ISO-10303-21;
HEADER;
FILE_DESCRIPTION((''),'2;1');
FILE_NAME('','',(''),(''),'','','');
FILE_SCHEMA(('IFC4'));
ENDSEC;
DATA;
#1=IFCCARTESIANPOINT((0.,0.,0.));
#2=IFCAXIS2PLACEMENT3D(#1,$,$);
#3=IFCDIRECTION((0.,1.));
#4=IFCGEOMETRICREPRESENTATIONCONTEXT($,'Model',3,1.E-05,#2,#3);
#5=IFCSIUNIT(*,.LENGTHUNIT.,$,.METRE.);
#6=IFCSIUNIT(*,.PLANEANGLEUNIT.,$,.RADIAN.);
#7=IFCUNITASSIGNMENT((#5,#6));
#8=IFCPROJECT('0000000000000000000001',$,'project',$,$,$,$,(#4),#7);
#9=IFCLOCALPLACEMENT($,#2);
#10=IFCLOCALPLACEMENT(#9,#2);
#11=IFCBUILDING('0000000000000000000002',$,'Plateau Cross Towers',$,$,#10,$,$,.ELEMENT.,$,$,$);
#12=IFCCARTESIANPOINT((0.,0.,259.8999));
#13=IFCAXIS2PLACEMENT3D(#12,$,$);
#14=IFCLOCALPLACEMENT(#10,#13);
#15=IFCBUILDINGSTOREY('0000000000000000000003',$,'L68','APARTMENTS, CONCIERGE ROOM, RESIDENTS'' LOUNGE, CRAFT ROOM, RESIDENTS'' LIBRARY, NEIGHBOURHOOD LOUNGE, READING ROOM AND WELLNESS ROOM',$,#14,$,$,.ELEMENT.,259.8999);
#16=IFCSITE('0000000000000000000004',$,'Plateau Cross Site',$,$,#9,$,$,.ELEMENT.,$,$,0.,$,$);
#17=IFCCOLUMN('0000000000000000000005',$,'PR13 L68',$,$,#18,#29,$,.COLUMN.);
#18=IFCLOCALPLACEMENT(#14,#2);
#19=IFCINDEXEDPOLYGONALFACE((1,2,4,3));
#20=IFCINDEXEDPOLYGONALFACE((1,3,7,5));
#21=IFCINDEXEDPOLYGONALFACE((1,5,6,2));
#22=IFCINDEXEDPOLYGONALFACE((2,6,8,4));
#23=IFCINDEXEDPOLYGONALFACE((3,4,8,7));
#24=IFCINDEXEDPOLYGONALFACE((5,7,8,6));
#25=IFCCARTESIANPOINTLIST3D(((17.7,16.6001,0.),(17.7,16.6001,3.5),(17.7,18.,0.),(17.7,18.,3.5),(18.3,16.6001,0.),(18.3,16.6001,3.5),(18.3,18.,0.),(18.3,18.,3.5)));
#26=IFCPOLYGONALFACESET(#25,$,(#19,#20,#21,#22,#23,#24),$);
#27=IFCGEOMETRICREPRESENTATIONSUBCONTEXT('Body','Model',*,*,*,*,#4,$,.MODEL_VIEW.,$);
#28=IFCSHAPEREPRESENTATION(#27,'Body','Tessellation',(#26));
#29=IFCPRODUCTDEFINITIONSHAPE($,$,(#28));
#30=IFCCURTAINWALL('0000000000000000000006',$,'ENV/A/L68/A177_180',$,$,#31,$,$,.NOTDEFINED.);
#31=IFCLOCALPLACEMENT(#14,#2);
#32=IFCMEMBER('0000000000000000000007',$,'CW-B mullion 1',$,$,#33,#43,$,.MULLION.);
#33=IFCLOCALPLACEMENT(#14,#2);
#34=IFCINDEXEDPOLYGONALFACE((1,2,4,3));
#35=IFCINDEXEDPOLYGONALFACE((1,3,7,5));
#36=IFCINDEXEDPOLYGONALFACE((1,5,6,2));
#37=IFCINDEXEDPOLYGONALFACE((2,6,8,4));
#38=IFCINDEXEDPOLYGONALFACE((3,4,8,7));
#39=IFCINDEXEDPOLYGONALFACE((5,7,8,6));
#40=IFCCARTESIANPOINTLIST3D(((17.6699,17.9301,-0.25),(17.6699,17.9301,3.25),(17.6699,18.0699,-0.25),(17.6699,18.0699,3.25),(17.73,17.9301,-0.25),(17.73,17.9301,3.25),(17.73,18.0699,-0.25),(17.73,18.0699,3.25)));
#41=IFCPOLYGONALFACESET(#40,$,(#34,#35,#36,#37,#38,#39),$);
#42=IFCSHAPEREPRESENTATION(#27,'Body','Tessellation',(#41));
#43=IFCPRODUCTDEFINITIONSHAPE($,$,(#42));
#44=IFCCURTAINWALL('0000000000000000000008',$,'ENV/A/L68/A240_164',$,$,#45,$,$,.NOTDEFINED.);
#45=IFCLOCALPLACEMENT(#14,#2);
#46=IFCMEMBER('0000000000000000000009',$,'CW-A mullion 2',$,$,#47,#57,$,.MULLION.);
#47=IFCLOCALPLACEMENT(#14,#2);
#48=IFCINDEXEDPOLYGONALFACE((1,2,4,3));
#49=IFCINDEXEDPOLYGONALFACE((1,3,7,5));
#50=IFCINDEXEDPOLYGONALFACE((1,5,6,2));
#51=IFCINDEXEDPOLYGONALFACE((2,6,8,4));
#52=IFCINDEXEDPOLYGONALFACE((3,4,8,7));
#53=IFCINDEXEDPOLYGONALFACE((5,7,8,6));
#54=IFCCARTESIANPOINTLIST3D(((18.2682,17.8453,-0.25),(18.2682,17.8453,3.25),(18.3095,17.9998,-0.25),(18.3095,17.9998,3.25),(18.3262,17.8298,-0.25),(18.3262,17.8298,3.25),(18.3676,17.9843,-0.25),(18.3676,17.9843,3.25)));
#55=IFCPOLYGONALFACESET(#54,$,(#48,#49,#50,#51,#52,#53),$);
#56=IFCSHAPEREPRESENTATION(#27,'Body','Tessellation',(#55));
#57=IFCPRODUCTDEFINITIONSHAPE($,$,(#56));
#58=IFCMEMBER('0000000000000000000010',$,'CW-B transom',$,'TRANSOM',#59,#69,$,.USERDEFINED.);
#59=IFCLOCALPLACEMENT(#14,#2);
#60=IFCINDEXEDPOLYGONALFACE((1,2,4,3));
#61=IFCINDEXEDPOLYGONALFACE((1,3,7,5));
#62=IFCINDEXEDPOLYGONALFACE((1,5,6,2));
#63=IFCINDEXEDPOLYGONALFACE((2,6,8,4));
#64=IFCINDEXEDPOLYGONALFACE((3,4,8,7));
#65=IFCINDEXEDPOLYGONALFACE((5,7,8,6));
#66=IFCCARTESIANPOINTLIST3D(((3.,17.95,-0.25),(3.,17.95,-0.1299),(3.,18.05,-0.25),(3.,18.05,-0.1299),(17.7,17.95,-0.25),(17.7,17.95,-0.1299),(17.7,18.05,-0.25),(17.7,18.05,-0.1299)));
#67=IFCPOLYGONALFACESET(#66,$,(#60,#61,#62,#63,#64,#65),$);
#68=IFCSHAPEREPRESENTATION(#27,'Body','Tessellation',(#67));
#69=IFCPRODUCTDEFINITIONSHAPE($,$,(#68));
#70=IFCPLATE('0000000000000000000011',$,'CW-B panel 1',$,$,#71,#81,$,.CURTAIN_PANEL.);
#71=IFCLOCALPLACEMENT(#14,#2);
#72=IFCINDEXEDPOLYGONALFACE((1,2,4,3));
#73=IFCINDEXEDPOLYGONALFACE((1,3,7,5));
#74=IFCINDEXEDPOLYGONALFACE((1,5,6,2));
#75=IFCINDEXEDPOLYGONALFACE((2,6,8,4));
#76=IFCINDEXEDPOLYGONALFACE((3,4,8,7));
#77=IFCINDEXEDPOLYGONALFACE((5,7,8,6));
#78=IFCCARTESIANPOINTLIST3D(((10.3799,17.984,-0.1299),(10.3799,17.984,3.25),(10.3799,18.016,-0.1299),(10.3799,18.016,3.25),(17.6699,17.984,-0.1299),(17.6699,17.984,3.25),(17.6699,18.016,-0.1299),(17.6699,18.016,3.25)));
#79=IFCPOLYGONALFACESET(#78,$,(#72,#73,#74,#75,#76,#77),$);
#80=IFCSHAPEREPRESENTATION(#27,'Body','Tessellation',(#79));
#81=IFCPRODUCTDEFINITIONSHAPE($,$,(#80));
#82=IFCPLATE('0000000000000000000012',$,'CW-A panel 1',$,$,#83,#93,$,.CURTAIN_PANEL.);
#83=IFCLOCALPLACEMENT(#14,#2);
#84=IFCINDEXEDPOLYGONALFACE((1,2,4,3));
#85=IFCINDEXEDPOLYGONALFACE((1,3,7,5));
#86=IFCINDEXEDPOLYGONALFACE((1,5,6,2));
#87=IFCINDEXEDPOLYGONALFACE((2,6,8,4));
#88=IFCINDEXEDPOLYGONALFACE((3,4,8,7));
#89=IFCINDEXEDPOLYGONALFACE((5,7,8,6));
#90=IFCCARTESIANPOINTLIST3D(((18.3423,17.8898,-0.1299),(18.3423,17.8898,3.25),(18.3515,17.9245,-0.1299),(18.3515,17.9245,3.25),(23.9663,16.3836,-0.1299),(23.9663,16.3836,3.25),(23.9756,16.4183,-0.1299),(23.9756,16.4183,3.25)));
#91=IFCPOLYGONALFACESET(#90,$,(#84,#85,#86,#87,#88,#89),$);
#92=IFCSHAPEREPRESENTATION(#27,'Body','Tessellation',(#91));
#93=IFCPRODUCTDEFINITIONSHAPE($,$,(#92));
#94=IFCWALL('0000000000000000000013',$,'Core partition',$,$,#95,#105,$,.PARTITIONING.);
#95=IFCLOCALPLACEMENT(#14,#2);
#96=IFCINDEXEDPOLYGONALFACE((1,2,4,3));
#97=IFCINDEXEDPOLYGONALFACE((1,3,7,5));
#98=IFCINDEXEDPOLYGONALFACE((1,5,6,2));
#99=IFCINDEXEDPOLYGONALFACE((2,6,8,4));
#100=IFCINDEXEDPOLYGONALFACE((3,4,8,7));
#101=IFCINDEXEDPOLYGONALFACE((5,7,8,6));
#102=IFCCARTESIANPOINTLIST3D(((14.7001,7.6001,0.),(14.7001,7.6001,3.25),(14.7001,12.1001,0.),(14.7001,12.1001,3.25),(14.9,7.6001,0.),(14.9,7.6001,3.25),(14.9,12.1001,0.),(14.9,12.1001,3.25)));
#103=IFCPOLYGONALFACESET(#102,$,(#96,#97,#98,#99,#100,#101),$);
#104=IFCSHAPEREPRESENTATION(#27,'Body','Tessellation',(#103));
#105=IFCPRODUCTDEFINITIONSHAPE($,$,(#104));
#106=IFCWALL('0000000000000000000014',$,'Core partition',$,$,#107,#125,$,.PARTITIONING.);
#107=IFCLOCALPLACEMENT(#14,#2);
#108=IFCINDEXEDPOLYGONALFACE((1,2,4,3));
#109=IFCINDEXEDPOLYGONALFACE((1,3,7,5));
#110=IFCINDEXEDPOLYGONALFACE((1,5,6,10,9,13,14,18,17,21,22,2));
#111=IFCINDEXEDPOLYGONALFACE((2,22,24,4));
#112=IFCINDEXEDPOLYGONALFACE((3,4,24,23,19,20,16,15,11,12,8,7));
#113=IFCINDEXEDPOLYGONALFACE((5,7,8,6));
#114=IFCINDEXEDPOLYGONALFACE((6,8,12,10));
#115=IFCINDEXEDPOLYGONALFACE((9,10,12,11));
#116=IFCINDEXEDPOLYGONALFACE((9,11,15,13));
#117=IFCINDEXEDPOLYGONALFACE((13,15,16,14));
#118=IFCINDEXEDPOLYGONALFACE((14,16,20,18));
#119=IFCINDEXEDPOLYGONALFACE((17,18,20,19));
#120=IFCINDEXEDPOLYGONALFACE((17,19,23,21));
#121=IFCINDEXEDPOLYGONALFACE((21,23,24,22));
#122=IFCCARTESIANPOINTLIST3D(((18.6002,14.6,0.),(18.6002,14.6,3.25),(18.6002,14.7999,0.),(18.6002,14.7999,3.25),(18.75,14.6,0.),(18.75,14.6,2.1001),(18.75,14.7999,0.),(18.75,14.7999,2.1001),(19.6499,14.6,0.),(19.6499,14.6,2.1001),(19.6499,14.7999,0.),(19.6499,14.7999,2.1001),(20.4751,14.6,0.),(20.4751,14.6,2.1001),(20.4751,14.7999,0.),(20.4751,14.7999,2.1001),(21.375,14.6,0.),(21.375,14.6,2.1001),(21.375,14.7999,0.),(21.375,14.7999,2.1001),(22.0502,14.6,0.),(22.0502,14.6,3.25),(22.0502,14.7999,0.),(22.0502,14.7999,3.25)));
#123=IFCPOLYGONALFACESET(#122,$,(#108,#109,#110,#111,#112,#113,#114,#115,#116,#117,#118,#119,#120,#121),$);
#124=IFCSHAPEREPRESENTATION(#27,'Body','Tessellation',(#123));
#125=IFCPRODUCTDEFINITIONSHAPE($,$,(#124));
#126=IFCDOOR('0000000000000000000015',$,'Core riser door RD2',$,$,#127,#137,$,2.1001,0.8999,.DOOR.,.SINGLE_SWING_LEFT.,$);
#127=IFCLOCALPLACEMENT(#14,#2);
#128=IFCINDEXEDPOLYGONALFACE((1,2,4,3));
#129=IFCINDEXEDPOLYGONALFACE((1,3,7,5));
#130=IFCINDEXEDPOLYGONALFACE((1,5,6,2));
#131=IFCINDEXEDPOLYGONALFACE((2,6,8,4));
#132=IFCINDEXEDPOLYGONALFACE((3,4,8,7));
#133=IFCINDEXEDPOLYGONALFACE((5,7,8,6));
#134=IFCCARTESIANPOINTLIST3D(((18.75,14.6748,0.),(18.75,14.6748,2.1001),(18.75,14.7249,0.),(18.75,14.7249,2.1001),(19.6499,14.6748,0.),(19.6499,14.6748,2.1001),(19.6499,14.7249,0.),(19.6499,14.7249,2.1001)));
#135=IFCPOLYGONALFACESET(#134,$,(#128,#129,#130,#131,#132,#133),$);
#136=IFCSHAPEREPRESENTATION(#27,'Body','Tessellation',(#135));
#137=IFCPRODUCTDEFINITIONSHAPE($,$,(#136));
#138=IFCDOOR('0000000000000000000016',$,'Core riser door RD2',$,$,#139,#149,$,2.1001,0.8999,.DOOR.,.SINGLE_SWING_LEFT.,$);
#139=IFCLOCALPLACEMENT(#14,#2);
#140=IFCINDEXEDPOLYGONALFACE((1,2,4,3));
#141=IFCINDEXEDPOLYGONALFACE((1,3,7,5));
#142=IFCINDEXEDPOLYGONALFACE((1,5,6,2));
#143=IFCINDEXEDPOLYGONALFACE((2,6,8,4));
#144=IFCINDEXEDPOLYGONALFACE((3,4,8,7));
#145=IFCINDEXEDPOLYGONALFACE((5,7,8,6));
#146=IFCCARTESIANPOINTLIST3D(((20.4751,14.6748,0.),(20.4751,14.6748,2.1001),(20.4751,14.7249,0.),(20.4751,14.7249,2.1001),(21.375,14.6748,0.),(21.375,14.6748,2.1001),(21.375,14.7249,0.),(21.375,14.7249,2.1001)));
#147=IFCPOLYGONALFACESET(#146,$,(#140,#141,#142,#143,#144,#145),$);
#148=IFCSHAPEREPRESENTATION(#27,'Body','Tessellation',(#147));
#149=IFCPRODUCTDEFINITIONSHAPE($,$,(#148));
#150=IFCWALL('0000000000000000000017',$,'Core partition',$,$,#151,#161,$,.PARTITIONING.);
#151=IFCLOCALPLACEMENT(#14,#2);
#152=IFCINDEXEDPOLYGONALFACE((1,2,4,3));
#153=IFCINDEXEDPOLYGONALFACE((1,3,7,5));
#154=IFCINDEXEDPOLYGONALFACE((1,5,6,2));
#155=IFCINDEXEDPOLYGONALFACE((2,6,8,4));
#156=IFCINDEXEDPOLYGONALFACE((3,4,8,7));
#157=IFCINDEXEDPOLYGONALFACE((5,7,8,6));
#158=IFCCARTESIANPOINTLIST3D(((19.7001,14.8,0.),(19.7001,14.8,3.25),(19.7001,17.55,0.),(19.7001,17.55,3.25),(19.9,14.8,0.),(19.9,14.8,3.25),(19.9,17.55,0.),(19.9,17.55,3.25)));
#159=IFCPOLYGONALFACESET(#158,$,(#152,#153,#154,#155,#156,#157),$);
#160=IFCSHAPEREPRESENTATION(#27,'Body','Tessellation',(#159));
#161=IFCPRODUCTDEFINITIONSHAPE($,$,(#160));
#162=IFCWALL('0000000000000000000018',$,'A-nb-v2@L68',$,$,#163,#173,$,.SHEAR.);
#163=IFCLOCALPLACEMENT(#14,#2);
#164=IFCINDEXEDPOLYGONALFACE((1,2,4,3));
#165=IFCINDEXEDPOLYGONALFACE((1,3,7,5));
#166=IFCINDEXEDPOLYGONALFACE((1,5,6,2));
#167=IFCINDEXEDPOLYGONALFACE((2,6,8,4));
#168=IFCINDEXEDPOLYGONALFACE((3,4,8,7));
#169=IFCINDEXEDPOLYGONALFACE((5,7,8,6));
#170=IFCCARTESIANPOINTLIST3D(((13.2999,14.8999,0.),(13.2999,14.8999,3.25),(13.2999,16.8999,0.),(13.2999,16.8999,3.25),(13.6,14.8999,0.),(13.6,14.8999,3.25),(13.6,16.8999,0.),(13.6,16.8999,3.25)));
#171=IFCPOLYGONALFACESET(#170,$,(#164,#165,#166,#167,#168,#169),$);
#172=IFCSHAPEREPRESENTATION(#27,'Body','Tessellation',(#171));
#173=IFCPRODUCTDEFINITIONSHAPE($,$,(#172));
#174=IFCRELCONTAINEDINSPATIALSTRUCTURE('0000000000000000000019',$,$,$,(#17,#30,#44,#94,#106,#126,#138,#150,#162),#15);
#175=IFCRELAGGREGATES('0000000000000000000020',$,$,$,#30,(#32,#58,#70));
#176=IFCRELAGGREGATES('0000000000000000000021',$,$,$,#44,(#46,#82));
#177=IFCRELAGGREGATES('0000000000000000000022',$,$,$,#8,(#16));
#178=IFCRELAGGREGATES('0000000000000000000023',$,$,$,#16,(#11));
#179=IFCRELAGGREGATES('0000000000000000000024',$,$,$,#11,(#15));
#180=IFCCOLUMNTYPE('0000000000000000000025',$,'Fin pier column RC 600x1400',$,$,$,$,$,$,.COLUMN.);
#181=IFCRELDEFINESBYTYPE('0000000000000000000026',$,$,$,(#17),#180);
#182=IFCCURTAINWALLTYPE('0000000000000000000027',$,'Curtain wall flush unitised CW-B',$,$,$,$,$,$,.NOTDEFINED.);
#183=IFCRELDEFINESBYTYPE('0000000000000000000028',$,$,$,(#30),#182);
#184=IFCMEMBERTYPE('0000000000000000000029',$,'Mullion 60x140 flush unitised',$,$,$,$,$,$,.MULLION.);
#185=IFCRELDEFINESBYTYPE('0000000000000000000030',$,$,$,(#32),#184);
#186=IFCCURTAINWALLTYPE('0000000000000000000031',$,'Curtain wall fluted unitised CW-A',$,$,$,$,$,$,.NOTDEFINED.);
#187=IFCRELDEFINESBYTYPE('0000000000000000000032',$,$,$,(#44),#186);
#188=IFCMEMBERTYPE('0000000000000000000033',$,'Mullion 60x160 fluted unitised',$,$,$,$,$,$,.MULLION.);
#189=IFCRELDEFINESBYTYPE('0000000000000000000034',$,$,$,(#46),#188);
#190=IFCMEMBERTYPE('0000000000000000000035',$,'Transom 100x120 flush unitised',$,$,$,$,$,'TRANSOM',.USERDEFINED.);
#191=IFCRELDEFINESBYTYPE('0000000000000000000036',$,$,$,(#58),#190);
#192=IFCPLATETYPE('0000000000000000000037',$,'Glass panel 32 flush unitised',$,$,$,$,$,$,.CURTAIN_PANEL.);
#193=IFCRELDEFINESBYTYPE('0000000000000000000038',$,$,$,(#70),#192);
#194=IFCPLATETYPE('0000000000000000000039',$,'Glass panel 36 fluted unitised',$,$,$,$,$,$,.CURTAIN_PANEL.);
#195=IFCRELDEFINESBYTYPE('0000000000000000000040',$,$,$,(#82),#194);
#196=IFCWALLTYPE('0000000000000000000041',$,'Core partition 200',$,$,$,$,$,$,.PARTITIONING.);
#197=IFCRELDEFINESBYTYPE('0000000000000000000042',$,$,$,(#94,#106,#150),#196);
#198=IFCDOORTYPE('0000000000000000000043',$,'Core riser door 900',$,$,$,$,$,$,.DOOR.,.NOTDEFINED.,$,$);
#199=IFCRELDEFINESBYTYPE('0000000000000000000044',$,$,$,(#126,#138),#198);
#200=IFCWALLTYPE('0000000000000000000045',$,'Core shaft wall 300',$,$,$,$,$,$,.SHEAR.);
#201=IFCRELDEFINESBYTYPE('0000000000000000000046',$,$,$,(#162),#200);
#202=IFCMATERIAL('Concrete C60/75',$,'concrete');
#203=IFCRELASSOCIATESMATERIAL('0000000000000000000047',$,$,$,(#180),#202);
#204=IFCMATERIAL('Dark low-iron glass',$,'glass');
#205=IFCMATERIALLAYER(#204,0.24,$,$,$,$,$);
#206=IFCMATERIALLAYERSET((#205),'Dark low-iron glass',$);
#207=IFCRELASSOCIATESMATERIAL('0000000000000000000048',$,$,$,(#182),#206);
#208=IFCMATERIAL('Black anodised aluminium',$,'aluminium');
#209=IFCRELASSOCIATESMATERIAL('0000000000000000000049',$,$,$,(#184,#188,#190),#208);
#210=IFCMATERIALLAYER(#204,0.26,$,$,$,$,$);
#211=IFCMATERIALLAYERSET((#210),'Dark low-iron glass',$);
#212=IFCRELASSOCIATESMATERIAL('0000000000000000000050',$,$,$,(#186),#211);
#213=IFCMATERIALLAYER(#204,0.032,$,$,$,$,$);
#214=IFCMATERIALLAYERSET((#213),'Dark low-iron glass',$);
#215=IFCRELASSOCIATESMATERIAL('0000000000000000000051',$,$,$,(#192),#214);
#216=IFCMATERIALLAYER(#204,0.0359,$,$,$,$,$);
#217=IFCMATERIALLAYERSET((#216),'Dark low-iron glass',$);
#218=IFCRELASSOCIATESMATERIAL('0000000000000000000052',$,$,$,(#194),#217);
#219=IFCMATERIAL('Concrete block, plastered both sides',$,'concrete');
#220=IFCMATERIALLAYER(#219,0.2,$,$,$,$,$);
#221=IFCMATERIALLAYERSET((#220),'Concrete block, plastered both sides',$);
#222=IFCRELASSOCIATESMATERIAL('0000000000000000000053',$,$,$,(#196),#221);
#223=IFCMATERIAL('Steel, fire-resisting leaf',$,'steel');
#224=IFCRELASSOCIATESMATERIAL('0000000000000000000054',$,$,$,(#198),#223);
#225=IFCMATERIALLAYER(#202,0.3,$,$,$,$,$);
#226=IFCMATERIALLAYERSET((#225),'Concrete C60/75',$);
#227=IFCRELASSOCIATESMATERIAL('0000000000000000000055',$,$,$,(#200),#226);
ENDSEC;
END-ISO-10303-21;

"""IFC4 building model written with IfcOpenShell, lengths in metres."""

from ifc_helpers import new_model, si_unit, direction, frame, frame_2d, origin, origin_2d, place, context, subcontext, project, spatial, rectangle, extrude, material, layer, layer_set, material_profile, profile_set, type_object, element, fill, aggregate, save


model = new_model("IFC4")

# Units and contexts
model_context = context("Model", 3, precision=1e-05, world=origin(), true_north=direction((0.0, 1.0)))
body_context = subcontext(model_context, "Body", "Model", "MODEL_VIEW")
ifc_project = project(units=[si_unit("LENGTHUNIT", "METRE"), si_unit("PLANEANGLEUNIT", "RADIAN")], contexts=[model_context])

# Site, building, storey
site_placement = place(None, origin())
site = spatial("IfcSite", under=ifc_project, at=site_placement, Name="Plateau Cross Site", CompositionType="ELEMENT", RefElevation=0.0)
building_placement = place(site_placement, origin())
building = spatial("IfcBuilding", under=site, at=building_placement, Name="Plateau Cross Towers", CompositionType="ELEMENT")
storey_placement = place(building_placement, frame((0.0, 0.0, 259.8999)))
storey = spatial("IfcBuildingStorey", under=building, at=storey_placement, Name="L68", Description="APARTMENTS, CONCIERGE ROOM, RESIDENTS' LOUNGE, CRAFT ROOM, RESIDENTS' LIBRARY, NEIGHBOURHOOD LOUNGE, READING ROOM AND WELLNESS ROOM", CompositionType="ELEMENT", Elevation=259.8999)

# Column
ifc_material_1 = material(Name="Concrete C60/75", Category="concrete")
ifc_material_profile_1 = material_profile(ifc_material_1, rectangle(XDim=0.6001, YDim=1.3999, at=origin_2d()), Name="RC 600x1400")
ifc_profile_set_1 = profile_set([ifc_material_profile_1], Name="Concrete C60/75")
column_type = type_object("IfcColumnType", Name="Fin pier column RC 600x1400", PredefinedType="COLUMN", material=ifc_profile_set_1)
column_placement = place(storey_placement, frame((18.0, 17.3, 0.0), z_axis=(0.0, 0.0, 1.0), x_axis=(1.0, 0.0, 0.0)))
element("IfcColumn", 1, at=column_placement, inside=storey, type_object=column_type, Name="PR13 L68", PredefinedType="COLUMN", context=body_context, shape_type="SweptSolid", body=[
    extrude(rectangle(XDim=0.6001, YDim=1.3999, at=origin_2d()), origin(), (0.0, 0.0, 1.0), 3.5),
])

# Curtain walls, members
ifc_material_2 = material(Name="Dark low-iron glass", Category="glass")
ifc_layer_1 = layer(ifc_material_2, 0.24)
ifc_layer_set_1 = layer_set([ifc_layer_1], Name="Dark low-iron glass")
curtain_wall_type_1 = type_object("IfcCurtainWallType", Name="Curtain wall flush unitised CW-B", PredefinedType="NOTDEFINED", material=ifc_layer_set_1)
curtain_wall_1_placement = place(storey_placement, origin())
curtain_wall_1 = element("IfcCurtainWall", 2, at=curtain_wall_1_placement, inside=storey, type_object=curtain_wall_type_1, Name="ENV/A/L68/A177_180", PredefinedType="NOTDEFINED")
ifc_material_3 = material(Name="Black anodised aluminium", Category="aluminium")
ifc_material_profile_2 = material_profile(ifc_material_3, rectangle(XDim=0.0601, YDim=0.1399, at=origin_2d()), Name="MULLION 60x140")
ifc_profile_set_2 = profile_set([ifc_material_profile_2], Name="Black anodised aluminium")
member_type_1 = type_object("IfcMemberType", Name="Mullion 60x140 flush unitised", PredefinedType="MULLION", material=ifc_profile_set_2)
member_1_placement = place(storey_placement, frame((17.7, 18.0, -0.25), z_axis=(0.0, 0.0, 1.0), x_axis=(-1.0, 0.0, 0.0)))
member_1 = element("IfcMember", 3, at=member_1_placement, type_object=member_type_1, Name="CW-B mullion 1", PredefinedType="MULLION", context=body_context, shape_type="SweptSolid", body=[
    extrude(rectangle(XDim=0.0601, YDim=0.1399, at=origin_2d()), origin(), (0.0, 0.0, 1.0), 3.5),
])
ifc_layer_2 = layer(ifc_material_2, 0.26)
ifc_layer_set_2 = layer_set([ifc_layer_2], Name="Dark low-iron glass")
curtain_wall_type_2 = type_object("IfcCurtainWallType", Name="Curtain wall fluted unitised CW-A", PredefinedType="NOTDEFINED", material=ifc_layer_set_2)
curtain_wall_2_placement = place(storey_placement, origin())
curtain_wall_2 = element("IfcCurtainWall", 4, at=curtain_wall_2_placement, inside=storey, type_object=curtain_wall_type_2, Name="ENV/A/L68/A240_164", PredefinedType="NOTDEFINED")
ifc_material_profile_3 = material_profile(ifc_material_3, rectangle(XDim=0.0601, YDim=0.1599, at=origin_2d()), Name="MULLION 60x160")
ifc_profile_set_3 = profile_set([ifc_material_profile_3], Name="Black anodised aluminium")
member_type_2 = type_object("IfcMemberType", Name="Mullion 60x160 fluted unitised", PredefinedType="MULLION", material=ifc_profile_set_3)
member_2_placement = place(storey_placement, frame((18.3179, 17.9148, -0.25), z_axis=(0.0, 0.0, 1.0), x_axis=(-0.965958, 0.258699, 0.0)))
member_2 = element("IfcMember", 5, at=member_2_placement, type_object=member_type_2, Name="CW-A mullion 2", PredefinedType="MULLION", context=body_context, shape_type="SweptSolid", body=[
    extrude(rectangle(XDim=0.0601, YDim=0.1599, at=origin_2d()), origin(), (0.0, 0.0, 1.0), 3.5),
])

# Member
ifc_material_profile_4 = material_profile(ifc_material_3, rectangle(XDim=0.1001, YDim=0.1201, at=origin_2d()), Name="TRANSOM 100x120")
ifc_profile_set_4 = profile_set([ifc_material_profile_4], Name="Black anodised aluminium")
member_type_3 = type_object("IfcMemberType", Name="Transom 100x120 flush unitised", ElementType="TRANSOM", PredefinedType="USERDEFINED", material=ifc_profile_set_4)
member_3_placement = place(storey_placement, frame((17.7, 18.0, -0.1899), z_axis=(-1.0, 0.0, 0.0), x_axis=(0.0, -1.0, 0.0)))
member_3 = element("IfcMember", 6, at=member_3_placement, type_object=member_type_3, Name="CW-B transom", ObjectType="TRANSOM", PredefinedType="USERDEFINED", context=body_context, shape_type="SweptSolid", body=[
    extrude(rectangle(XDim=0.1001, YDim=0.1201, at=origin_2d()), origin(), (0.0, 0.0, 1.0), 14.7),
])

# Plates
ifc_layer_3 = layer(ifc_material_2, 0.032)
ifc_layer_set_3 = layer_set([ifc_layer_3], Name="Dark low-iron glass")
plate_type_1 = type_object("IfcPlateType", Name="Glass panel 32 flush unitised", PredefinedType="CURTAIN_PANEL", material=ifc_layer_set_3)
plate_1_placement = place(storey_placement, frame((14.0249, 18.0, -0.1299), z_axis=(0.0, 0.0, 1.0), x_axis=(-1.0, 0.0, 0.0)))
plate_1 = element("IfcPlate", 7, at=plate_1_placement, type_object=plate_type_1, Name="CW-B panel 1", PredefinedType="CURTAIN_PANEL", context=body_context, shape_type="SweptSolid", body=[
    extrude(rectangle(XDim=7.29, YDim=0.032, at=origin_2d()), origin(), (0.0, 0.0, 1.0), 3.3799),
])
aggregate(curtain_wall_1, [member_1, member_3, plate_1])
ifc_layer_4 = layer(ifc_material_2, 0.0359)
ifc_layer_set_4 = layer_set([ifc_layer_4], Name="Dark low-iron glass")
plate_type_2 = type_object("IfcPlateType", Name="Glass panel 36 fluted unitised", PredefinedType="CURTAIN_PANEL", material=ifc_layer_set_4)
plate_2_placement = place(storey_placement, frame((21.1589, 17.1541, -0.1299), z_axis=(0.0, 0.0, 1.0), x_axis=(-0.965958, 0.258699, 0.0)))
plate_2 = element("IfcPlate", 8, at=plate_2_placement, type_object=plate_type_2, Name="CW-A panel 1", PredefinedType="CURTAIN_PANEL", context=body_context, shape_type="SweptSolid", body=[
    extrude(rectangle(XDim=5.8223, YDim=0.0359, at=origin_2d()), origin(), (0.0, 0.0, 1.0), 3.3799),
])
aggregate(curtain_wall_2, [member_2, plate_2])

# Wall
ifc_material_4 = material(Name="Concrete block, plastered both sides", Category="concrete")
ifc_layer_5 = layer(ifc_material_4, 0.2)
ifc_layer_set_5 = layer_set([ifc_layer_5], Name="Concrete block, plastered both sides")
wall_type_1 = type_object("IfcWallType", Name="Core partition 200", PredefinedType="PARTITIONING", material=ifc_layer_set_5)
wall_1_placement = place(storey_placement, frame((14.8, 7.6001, 0.0), z_axis=(0.0, 0.0, 1.0), x_axis=(0.0, 1.0, 0.0)))
element("IfcWall", 9, at=wall_1_placement, inside=storey, type_object=wall_type_1, Name="Core partition", PredefinedType="PARTITIONING", context=body_context, shape_type="SweptSolid", body=[
    extrude(rectangle(XDim=4.5, YDim=0.2, at=frame_2d((2.25, 0.0))), origin(), (0.0, 0.0, 1.0), 3.25),
])

# Wall, openings, doors
wall_2_placement = place(storey_placement, frame((18.6001, 14.7, 0.0), z_axis=(0.0, 0.0, 1.0), x_axis=(1.0, 0.0, 0.0)))
wall_2 = element("IfcWall", 10, at=wall_2_placement, inside=storey, type_object=wall_type_1, Name="Core partition", PredefinedType="PARTITIONING", context=body_context, shape_type="SweptSolid", body=[
    extrude(rectangle(XDim=3.45, YDim=0.2, at=frame_2d((1.7251, 0.0))), origin(), (0.0, 0.0, 1.0), 3.25),
])
opening_1_placement = place(wall_2_placement, frame((0.1499, 0.0, 0.0)))
opening_1 = element("IfcOpeningElement", 11, at=opening_1_placement, cuts=wall_2, PredefinedType="OPENING", context=body_context, shape_type="SweptSolid", body=[
    extrude(rectangle(XDim=0.8999, YDim=2.1001, at=frame_2d((0.45, 1.05))), frame((0.0, 0.1099, 0.0), z_axis=(0.0, -1.0, 0.0), x_axis=(1.0, 0.0, 0.0)), (0.0, 0.0, 1.0), 0.22),
])
opening_2_placement = place(wall_2_placement, frame((1.875, 0.0, 0.0)))
opening_2 = element("IfcOpeningElement", 12, at=opening_2_placement, cuts=wall_2, PredefinedType="OPENING", context=body_context, shape_type="SweptSolid", body=[
    extrude(rectangle(XDim=0.8999, YDim=2.1001, at=frame_2d((0.45, 1.05))), frame((0.0, 0.1099, 0.0), z_axis=(0.0, -1.0, 0.0), x_axis=(1.0, 0.0, 0.0)), (0.0, 0.0, 1.0), 0.22),
])
ifc_material_5 = material(Name="Steel, fire-resisting leaf", Category="steel")
door_type_1 = type_object("IfcDoorType", Name="Core riser door 900", OperationType="NOTDEFINED", PredefinedType="DOOR", material=ifc_material_5)
door_1_placement = place(opening_1_placement, origin())
door_1 = element("IfcDoor", 13, at=door_1_placement, inside=storey, type_object=door_type_1, Name="Core riser door RD2", OperationType="SINGLE_SWING_LEFT", OverallHeight=2.1001, OverallWidth=0.8999, PredefinedType="DOOR", context=body_context, shape_type="SweptSolid", body=[
    extrude(rectangle(XDim=0.8999, YDim=2.1001, at=frame_2d((0.45, 1.05))), frame((0.0, 0.0249, 0.0), z_axis=(0.0, -1.0, 0.0), x_axis=(1.0, 0.0, 0.0)), (0.0, 0.0, 1.0), 0.05),
])
fill(opening_1, door_1)
door_2_placement = place(opening_2_placement, origin())
door_2 = element("IfcDoor", 14, at=door_2_placement, inside=storey, type_object=door_type_1, Name="Core riser door RD2", OperationType="SINGLE_SWING_LEFT", OverallHeight=2.1001, OverallWidth=0.8999, PredefinedType="DOOR", context=body_context, shape_type="SweptSolid", body=[
    extrude(rectangle(XDim=0.8999, YDim=2.1001, at=frame_2d((0.45, 1.05))), frame((0.0, 0.0249, 0.0), z_axis=(0.0, -1.0, 0.0), x_axis=(1.0, 0.0, 0.0)), (0.0, 0.0, 1.0), 0.05),
])
fill(opening_2, door_2)

# Walls
wall_3_placement = place(storey_placement, frame((19.8, 14.8, 0.0), z_axis=(0.0, 0.0, 1.0), x_axis=(0.0, 1.0, 0.0)))
element("IfcWall", 15, at=wall_3_placement, inside=storey, type_object=wall_type_1, Name="Core partition", PredefinedType="PARTITIONING", context=body_context, shape_type="SweptSolid", body=[
    extrude(rectangle(XDim=2.75, YDim=0.2, at=frame_2d((1.375, 0.0))), origin(), (0.0, 0.0, 1.0), 3.25),
])
ifc_layer_6 = layer(ifc_material_1, 0.3)
ifc_layer_set_6 = layer_set([ifc_layer_6], Name="Concrete C60/75")
wall_type_2 = type_object("IfcWallType", Name="Core shaft wall 300", PredefinedType="SHEAR", material=ifc_layer_set_6)
for number, where, z_axis, x_axis, name in (
    (16, (13.45, 14.8999, 0.0), (0.0, 0.0, 1.0), (0.0, 1.0, 0.0), "A-nb-v2@L68"),
):
    element("IfcWall", number, at=place(storey_placement, frame(where, z_axis=z_axis, x_axis=x_axis)), inside=storey, type_object=wall_type_2, Name=name, PredefinedType="SHEAR", context=body_context, shape_type="SweptSolid", body=[
        extrude(rectangle(XDim=2.0, YDim=0.3, at=frame_2d((1.0, 0.0))), origin(), (0.0, 0.0, 1.0), 3.25),
    ])

save(model, "model.ifc")
